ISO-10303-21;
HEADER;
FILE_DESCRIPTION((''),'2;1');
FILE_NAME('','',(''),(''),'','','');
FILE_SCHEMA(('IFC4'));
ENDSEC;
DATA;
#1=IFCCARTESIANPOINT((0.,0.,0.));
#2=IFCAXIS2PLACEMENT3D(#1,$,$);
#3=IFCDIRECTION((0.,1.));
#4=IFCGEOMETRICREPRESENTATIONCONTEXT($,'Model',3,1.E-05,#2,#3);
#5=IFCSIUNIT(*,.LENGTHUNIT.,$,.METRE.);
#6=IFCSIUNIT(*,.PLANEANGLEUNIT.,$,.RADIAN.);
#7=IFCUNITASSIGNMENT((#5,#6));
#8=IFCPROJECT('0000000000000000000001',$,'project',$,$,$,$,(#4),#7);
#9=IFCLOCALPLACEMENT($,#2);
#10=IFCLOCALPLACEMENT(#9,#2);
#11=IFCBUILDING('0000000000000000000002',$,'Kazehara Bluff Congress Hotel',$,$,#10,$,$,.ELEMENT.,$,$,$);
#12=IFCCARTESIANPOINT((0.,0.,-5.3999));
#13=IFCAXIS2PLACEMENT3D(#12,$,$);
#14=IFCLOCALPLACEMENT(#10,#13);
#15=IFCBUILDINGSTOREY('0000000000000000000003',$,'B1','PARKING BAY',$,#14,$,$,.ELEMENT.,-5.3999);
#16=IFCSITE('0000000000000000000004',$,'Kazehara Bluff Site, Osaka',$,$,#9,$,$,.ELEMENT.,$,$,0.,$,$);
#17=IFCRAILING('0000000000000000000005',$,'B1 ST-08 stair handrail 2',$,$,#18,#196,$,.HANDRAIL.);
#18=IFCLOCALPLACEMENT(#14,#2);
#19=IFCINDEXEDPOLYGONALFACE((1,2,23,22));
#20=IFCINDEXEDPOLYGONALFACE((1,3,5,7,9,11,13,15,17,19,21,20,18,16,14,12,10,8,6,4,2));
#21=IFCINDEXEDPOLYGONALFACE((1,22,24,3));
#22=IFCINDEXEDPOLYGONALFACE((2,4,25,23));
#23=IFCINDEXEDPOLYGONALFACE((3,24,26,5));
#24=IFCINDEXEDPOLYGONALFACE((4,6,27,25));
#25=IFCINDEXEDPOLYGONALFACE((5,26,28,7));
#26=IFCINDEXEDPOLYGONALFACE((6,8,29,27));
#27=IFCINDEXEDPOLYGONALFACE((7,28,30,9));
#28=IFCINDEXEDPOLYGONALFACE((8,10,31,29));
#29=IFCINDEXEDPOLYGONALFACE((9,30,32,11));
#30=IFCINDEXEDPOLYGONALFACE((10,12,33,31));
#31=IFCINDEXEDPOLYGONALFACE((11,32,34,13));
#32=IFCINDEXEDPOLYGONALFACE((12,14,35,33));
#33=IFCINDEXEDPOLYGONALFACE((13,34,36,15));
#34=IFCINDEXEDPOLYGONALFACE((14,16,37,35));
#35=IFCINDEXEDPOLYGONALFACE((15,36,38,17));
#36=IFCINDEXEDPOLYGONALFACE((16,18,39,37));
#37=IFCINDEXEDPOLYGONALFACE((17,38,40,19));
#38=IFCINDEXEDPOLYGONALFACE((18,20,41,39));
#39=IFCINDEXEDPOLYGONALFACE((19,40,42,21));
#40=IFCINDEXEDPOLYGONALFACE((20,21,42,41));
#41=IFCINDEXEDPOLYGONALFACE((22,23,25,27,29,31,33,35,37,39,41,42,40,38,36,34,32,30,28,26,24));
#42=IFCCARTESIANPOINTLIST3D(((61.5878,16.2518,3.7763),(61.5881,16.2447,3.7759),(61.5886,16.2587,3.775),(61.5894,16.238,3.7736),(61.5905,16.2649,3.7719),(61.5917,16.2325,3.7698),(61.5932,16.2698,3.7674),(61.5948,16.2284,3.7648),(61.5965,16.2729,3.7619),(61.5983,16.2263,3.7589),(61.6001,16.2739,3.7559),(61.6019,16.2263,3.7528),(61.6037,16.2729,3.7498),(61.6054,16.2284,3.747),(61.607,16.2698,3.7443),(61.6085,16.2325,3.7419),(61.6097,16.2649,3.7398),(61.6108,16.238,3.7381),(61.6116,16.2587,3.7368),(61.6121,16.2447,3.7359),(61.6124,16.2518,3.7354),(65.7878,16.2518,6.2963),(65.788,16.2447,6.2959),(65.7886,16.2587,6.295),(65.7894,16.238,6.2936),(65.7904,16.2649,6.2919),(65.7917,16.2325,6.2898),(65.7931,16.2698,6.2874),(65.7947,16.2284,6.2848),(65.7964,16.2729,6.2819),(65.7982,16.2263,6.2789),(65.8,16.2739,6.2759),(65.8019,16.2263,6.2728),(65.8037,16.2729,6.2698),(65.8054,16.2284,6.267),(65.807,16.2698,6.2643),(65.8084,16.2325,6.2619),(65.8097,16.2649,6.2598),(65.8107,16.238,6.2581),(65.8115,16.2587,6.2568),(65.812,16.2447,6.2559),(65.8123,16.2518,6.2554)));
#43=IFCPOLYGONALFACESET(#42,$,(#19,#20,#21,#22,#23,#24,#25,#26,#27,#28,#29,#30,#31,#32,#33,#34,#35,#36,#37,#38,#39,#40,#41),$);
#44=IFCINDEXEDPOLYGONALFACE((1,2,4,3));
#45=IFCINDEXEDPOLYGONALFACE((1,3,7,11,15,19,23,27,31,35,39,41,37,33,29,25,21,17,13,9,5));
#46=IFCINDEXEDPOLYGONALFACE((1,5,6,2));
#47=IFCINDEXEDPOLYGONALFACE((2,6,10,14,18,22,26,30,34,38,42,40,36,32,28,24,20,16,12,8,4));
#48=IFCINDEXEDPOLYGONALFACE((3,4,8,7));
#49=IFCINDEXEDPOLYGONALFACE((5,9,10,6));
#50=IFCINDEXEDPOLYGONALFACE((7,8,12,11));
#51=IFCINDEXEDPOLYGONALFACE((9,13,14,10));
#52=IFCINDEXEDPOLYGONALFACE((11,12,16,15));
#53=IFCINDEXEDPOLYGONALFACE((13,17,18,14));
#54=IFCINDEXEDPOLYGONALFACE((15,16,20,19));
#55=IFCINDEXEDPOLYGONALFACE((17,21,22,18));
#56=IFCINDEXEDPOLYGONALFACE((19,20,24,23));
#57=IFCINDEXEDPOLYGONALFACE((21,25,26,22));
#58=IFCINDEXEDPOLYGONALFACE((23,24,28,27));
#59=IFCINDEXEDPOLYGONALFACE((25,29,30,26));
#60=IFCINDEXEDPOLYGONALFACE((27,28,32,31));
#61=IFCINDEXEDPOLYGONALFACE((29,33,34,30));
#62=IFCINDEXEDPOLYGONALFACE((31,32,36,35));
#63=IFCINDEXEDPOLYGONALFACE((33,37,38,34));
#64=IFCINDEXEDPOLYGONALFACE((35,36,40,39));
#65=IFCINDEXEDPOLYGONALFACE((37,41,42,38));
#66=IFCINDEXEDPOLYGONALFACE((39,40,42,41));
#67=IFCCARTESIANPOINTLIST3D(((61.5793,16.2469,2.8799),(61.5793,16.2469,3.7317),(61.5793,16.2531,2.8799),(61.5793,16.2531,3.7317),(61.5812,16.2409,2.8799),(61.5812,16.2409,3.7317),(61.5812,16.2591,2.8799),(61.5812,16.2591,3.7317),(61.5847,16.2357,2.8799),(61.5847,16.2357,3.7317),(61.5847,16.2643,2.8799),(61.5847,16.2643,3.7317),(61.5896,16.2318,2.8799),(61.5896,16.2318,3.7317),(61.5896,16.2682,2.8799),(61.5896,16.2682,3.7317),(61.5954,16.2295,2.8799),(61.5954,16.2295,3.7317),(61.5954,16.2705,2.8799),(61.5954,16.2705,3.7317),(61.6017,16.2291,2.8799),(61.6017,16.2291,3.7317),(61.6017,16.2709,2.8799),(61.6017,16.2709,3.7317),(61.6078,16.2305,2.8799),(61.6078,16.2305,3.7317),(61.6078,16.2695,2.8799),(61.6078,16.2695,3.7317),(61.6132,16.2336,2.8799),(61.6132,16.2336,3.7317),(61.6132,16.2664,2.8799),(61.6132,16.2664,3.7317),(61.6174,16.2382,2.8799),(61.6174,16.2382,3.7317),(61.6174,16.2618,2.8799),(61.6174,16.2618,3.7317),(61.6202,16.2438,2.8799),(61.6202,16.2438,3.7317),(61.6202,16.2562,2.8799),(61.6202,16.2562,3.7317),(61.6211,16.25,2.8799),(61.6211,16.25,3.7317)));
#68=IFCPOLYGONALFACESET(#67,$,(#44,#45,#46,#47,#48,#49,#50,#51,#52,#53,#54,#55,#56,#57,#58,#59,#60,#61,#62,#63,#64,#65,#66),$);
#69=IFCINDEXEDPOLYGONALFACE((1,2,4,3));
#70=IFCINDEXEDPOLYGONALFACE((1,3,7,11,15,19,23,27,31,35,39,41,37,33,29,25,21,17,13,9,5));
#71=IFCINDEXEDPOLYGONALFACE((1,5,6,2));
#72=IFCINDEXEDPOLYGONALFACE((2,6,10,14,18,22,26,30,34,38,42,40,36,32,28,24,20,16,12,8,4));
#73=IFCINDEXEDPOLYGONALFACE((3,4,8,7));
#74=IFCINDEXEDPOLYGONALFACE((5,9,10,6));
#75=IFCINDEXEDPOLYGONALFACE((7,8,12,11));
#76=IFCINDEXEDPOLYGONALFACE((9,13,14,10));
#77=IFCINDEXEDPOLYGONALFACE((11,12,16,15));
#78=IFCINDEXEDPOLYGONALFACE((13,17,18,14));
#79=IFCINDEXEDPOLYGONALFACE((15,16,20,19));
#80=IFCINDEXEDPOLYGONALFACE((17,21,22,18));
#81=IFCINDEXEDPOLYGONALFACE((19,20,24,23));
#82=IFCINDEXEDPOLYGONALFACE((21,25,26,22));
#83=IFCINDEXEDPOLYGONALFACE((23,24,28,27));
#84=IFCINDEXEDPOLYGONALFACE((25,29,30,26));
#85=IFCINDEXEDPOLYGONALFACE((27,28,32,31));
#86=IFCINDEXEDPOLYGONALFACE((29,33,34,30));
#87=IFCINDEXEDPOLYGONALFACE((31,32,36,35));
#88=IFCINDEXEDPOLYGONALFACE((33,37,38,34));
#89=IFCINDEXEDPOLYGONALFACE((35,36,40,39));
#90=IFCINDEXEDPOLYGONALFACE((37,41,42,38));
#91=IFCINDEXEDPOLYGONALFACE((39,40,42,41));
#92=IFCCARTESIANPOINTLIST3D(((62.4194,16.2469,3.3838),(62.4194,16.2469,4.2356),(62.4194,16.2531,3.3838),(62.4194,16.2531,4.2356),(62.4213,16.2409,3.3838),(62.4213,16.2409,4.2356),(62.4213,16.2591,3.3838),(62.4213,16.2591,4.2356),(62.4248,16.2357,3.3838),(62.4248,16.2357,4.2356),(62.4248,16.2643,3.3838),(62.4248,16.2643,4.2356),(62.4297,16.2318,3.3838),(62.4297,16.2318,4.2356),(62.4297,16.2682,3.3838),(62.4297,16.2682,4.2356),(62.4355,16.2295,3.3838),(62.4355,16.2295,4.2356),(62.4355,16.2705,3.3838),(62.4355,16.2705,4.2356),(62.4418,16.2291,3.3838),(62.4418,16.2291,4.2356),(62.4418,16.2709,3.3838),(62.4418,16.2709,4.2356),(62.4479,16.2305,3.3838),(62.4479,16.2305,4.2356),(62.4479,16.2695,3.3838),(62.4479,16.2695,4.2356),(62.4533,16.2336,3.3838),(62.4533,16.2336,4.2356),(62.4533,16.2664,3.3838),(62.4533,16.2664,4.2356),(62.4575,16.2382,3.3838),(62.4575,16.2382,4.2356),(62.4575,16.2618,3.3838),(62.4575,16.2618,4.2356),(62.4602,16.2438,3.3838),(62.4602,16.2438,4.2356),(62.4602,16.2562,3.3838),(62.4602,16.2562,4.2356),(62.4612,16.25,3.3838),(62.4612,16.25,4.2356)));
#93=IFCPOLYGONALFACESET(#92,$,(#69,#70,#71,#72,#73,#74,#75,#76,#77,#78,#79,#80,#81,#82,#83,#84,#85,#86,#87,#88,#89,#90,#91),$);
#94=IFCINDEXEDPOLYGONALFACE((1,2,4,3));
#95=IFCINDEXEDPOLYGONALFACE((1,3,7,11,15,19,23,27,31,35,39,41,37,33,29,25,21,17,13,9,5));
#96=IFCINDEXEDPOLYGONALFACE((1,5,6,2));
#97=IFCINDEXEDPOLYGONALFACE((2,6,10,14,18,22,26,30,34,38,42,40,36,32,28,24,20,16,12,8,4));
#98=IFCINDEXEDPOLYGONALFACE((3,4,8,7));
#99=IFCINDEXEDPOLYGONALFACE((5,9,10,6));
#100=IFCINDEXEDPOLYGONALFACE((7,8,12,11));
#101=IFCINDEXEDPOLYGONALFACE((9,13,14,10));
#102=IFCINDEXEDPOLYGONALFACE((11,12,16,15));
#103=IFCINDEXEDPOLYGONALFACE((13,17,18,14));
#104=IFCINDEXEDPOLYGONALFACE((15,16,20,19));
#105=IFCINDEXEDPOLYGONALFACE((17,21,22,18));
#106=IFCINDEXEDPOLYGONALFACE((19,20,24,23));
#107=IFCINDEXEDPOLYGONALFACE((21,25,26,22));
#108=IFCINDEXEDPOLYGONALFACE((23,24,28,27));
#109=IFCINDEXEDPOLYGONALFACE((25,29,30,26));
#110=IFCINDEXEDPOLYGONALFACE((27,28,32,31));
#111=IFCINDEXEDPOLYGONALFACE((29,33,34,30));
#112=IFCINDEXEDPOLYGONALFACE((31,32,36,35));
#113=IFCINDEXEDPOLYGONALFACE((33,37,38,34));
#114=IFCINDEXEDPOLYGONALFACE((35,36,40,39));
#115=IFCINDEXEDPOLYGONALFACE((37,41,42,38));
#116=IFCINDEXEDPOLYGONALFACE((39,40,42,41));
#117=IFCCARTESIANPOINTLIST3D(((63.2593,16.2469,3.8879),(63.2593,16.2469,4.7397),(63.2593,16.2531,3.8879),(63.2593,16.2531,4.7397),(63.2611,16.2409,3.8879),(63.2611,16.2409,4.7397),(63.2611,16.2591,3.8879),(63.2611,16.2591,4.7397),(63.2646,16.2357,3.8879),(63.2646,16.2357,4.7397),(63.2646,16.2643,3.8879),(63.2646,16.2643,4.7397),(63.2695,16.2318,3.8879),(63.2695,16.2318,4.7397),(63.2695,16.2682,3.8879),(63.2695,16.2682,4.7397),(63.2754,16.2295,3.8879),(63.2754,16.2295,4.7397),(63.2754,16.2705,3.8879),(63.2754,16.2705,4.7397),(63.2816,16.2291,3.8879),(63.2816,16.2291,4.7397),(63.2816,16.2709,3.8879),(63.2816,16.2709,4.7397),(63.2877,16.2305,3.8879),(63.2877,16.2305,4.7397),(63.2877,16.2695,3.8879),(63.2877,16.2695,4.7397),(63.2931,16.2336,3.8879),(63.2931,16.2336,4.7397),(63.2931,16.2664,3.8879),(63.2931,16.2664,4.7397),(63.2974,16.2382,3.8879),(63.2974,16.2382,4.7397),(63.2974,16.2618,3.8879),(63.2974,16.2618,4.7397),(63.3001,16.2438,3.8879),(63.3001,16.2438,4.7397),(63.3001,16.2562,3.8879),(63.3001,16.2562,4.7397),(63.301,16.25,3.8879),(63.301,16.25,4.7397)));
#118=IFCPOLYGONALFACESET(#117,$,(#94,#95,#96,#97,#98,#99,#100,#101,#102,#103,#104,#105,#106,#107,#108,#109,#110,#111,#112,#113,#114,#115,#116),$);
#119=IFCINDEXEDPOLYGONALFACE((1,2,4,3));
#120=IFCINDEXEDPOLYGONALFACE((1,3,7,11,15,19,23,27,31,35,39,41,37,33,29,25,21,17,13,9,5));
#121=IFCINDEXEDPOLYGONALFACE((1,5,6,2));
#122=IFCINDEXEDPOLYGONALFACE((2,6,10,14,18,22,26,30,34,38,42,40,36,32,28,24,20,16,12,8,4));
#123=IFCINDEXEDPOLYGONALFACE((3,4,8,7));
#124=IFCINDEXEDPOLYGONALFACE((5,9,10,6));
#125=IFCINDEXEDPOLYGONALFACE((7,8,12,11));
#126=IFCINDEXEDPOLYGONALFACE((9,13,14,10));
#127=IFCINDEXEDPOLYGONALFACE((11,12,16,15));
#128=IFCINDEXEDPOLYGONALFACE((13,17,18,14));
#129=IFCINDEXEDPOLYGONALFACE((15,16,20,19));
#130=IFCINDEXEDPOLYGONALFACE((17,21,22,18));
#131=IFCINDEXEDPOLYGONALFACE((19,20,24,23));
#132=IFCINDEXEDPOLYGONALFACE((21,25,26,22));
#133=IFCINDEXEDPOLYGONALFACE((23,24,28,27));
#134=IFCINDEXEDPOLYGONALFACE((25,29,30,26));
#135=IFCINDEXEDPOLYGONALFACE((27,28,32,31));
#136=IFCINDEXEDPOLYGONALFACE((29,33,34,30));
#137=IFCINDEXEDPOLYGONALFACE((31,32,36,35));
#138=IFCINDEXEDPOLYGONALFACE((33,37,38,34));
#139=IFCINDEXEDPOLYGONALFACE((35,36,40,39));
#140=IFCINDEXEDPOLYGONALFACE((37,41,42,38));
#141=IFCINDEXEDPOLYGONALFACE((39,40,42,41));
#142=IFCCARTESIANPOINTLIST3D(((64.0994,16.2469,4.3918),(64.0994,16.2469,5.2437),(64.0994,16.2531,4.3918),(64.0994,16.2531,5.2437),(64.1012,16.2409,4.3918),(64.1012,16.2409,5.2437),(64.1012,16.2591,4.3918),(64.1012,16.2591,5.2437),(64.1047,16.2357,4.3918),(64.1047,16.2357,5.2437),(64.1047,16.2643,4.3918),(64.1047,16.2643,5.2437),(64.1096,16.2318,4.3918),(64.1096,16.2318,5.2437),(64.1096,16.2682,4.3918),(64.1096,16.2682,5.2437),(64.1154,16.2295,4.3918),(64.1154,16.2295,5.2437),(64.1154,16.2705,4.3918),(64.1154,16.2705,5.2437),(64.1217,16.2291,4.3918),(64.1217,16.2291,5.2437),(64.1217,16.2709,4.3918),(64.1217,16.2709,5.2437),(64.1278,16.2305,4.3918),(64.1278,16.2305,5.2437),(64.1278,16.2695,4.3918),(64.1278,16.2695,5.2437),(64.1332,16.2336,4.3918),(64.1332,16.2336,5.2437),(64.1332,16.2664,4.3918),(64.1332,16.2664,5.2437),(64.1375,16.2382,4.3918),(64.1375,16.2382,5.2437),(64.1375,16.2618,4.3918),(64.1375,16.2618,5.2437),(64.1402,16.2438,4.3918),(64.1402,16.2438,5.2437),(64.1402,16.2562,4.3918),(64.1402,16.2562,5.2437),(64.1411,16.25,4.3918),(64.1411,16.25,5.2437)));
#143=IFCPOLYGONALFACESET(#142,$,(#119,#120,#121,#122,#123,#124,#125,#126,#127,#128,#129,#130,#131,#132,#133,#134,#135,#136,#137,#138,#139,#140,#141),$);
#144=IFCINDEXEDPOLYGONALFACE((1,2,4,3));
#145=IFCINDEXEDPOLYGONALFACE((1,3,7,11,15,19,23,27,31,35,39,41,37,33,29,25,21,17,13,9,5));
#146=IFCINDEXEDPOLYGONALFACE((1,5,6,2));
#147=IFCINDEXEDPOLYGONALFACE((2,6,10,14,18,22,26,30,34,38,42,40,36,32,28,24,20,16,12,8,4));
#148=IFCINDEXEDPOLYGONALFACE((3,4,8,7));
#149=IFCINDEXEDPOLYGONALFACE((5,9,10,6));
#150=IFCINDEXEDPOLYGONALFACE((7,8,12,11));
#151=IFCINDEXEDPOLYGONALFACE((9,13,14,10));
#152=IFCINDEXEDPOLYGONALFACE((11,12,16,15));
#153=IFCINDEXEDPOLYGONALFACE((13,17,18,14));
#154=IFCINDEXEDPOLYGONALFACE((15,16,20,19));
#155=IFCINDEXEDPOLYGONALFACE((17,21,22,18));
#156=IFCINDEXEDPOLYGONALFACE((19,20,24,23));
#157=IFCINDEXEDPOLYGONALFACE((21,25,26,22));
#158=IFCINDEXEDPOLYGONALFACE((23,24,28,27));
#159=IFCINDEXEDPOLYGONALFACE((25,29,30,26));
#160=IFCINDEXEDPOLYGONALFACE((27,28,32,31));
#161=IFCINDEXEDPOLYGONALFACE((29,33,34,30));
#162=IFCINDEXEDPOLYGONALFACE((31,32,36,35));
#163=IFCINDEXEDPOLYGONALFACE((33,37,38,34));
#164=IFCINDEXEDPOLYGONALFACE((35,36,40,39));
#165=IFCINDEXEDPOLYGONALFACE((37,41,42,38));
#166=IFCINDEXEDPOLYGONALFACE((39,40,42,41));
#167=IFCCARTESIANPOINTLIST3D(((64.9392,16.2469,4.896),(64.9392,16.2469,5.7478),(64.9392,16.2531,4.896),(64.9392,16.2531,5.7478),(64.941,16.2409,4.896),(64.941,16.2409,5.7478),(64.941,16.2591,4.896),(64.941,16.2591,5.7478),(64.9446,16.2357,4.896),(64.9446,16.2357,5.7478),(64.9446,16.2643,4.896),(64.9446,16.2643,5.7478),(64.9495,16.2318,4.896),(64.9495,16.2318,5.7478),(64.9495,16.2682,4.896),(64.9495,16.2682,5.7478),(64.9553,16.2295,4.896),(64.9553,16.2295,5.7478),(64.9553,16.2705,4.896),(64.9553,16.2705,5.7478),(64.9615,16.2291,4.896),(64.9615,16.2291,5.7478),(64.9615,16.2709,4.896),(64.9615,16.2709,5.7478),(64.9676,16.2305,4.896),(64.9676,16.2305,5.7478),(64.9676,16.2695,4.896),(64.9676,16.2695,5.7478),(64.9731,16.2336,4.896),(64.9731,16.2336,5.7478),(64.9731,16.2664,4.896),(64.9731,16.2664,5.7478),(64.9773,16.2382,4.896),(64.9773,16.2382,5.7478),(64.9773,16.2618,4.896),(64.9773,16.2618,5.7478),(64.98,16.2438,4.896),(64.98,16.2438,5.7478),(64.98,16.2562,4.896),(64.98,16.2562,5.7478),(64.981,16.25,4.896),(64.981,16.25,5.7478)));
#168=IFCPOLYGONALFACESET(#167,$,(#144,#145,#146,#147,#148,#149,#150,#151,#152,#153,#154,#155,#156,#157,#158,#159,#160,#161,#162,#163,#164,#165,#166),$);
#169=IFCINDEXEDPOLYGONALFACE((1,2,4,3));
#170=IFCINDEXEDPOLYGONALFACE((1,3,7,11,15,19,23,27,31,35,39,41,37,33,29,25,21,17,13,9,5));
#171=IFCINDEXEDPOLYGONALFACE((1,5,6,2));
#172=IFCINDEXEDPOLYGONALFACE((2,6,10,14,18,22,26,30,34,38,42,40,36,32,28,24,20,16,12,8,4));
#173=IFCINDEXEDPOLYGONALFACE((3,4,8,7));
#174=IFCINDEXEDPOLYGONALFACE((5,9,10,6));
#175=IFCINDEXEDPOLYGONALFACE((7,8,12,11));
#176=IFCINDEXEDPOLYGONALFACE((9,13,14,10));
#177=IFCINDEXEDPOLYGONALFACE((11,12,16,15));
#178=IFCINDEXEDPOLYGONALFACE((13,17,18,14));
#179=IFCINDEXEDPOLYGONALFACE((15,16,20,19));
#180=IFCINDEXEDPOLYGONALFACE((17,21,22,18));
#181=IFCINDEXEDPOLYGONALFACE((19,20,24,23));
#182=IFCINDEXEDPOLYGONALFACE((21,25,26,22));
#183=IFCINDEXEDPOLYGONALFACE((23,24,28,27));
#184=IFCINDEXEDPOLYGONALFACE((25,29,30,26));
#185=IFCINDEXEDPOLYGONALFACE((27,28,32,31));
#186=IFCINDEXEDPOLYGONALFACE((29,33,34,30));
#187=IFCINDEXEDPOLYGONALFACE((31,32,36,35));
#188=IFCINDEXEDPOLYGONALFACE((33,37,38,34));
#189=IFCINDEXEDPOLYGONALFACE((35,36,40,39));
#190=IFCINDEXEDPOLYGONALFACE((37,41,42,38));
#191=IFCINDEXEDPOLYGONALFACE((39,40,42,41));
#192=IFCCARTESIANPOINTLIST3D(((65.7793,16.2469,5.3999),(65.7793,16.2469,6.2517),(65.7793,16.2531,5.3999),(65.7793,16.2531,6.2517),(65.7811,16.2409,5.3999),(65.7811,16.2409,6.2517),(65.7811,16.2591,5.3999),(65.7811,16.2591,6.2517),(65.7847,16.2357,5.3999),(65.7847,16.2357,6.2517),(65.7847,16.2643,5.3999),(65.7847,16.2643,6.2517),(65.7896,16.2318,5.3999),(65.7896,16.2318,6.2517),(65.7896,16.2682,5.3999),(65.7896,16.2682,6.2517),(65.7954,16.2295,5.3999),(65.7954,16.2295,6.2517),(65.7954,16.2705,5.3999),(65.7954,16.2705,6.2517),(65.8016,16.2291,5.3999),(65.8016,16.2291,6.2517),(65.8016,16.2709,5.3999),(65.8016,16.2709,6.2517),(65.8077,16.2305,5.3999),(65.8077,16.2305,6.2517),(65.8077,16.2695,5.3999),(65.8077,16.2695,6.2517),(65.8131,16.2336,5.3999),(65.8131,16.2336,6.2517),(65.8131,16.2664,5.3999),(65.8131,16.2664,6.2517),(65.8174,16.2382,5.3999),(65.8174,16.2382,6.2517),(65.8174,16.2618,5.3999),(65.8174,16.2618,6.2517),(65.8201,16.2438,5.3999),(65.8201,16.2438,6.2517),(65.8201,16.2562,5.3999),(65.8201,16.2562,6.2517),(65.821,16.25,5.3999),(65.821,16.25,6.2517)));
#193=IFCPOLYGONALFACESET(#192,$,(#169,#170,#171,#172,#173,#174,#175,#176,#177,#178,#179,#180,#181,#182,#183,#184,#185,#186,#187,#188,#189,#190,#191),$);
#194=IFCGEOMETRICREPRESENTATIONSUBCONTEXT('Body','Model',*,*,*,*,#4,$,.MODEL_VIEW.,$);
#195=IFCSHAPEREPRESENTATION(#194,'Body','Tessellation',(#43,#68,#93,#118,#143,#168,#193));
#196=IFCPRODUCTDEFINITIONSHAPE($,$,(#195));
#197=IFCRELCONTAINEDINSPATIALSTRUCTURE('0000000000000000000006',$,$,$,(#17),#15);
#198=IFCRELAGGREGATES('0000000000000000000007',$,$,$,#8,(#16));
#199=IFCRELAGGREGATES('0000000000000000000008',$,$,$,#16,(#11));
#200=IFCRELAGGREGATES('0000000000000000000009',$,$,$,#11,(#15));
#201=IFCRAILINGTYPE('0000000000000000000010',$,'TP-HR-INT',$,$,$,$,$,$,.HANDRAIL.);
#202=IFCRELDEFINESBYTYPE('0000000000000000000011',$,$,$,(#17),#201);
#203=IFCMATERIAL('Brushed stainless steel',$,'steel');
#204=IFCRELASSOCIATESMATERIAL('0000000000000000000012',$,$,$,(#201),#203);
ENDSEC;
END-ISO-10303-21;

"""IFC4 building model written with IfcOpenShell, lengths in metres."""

from ifc_helpers import new_model, si_unit, direction, frame, origin, origin_2d, place, context, subcontext, project, spatial, circle, extrude, material, type_object, element, save


model = new_model("IFC4")

# Units and contexts
model_context = context("Model", 3, precision=1e-05, world=origin(), true_north=direction((0.0, 1.0)))
body_context = subcontext(model_context, "Body", "Model", "MODEL_VIEW")
ifc_project = project(units=[si_unit("LENGTHUNIT", "METRE"), si_unit("PLANEANGLEUNIT", "RADIAN")], contexts=[model_context])

# Site, building, storey
site_placement = place(None, origin())
site = spatial("IfcSite", under=ifc_project, at=site_placement, Name="Kazehara Bluff Site, Osaka", CompositionType="ELEMENT", RefElevation=0.0)
building_placement = place(site_placement, origin())
building = spatial("IfcBuilding", under=site, at=building_placement, Name="Kazehara Bluff Congress Hotel", CompositionType="ELEMENT")
storey_placement = place(building_placement, frame((0.0, 0.0, -5.3999)))
storey = spatial("IfcBuildingStorey", under=building, at=storey_placement, Name="B1", Description="PARKING BAY", CompositionType="ELEMENT", Elevation=-5.3999)

# Railing
ifc_material_1 = material(Name="Brushed stainless steel", Category="steel")
railing_type_1 = type_object("IfcRailingType", Name="TP-HR-INT", PredefinedType="HANDRAIL", material=ifc_material_1)
railing_1_placement = place(storey_placement, frame((61.6001, 16.25, 2.8799)))
element("IfcRailing", 1, at=railing_1_placement, inside=storey, type_object=railing_type_1, Name="B1 ST-08 stair handrail 2", PredefinedType="HANDRAIL", context=body_context, shape_type="SweptSolid", body=[
    extrude(circle(Radius=0.0239, at=origin_2d()), frame((0.0, 0.0, 0.876), z_axis=(0.857489, 0.0, 0.514503), x_axis=(0.0, 1.0, 0.0)), (0.0, 0.0, 1.0), 4.8979),
    extrude(circle(Radius=0.021, at=origin_2d()), origin(), (0.0, 0.0, 1.0), 0.8518),
    extrude(circle(Radius=0.021, at=origin_2d()), frame((0.8401, 0.0, 0.5039)), (0.0, 0.0, 1.0), 0.8518),
    extrude(circle(Radius=0.021, at=origin_2d()), frame((1.6799, 0.0, 1.0081)), (0.0, 0.0, 1.0), 0.8518),
    extrude(circle(Radius=0.021, at=origin_2d()), frame((2.52, 0.0, 1.512)), (0.0, 0.0, 1.0), 0.8518),
    extrude(circle(Radius=0.021, at=origin_2d()), frame((3.3599, 0.0, 2.0161)), (0.0, 0.0, 1.0), 0.8518),
    extrude(circle(Radius=0.021, at=origin_2d()), frame((4.2, 0.0, 2.52)), (0.0, 0.0, 1.0), 0.8518),
])

save(model, "model.ifc")
